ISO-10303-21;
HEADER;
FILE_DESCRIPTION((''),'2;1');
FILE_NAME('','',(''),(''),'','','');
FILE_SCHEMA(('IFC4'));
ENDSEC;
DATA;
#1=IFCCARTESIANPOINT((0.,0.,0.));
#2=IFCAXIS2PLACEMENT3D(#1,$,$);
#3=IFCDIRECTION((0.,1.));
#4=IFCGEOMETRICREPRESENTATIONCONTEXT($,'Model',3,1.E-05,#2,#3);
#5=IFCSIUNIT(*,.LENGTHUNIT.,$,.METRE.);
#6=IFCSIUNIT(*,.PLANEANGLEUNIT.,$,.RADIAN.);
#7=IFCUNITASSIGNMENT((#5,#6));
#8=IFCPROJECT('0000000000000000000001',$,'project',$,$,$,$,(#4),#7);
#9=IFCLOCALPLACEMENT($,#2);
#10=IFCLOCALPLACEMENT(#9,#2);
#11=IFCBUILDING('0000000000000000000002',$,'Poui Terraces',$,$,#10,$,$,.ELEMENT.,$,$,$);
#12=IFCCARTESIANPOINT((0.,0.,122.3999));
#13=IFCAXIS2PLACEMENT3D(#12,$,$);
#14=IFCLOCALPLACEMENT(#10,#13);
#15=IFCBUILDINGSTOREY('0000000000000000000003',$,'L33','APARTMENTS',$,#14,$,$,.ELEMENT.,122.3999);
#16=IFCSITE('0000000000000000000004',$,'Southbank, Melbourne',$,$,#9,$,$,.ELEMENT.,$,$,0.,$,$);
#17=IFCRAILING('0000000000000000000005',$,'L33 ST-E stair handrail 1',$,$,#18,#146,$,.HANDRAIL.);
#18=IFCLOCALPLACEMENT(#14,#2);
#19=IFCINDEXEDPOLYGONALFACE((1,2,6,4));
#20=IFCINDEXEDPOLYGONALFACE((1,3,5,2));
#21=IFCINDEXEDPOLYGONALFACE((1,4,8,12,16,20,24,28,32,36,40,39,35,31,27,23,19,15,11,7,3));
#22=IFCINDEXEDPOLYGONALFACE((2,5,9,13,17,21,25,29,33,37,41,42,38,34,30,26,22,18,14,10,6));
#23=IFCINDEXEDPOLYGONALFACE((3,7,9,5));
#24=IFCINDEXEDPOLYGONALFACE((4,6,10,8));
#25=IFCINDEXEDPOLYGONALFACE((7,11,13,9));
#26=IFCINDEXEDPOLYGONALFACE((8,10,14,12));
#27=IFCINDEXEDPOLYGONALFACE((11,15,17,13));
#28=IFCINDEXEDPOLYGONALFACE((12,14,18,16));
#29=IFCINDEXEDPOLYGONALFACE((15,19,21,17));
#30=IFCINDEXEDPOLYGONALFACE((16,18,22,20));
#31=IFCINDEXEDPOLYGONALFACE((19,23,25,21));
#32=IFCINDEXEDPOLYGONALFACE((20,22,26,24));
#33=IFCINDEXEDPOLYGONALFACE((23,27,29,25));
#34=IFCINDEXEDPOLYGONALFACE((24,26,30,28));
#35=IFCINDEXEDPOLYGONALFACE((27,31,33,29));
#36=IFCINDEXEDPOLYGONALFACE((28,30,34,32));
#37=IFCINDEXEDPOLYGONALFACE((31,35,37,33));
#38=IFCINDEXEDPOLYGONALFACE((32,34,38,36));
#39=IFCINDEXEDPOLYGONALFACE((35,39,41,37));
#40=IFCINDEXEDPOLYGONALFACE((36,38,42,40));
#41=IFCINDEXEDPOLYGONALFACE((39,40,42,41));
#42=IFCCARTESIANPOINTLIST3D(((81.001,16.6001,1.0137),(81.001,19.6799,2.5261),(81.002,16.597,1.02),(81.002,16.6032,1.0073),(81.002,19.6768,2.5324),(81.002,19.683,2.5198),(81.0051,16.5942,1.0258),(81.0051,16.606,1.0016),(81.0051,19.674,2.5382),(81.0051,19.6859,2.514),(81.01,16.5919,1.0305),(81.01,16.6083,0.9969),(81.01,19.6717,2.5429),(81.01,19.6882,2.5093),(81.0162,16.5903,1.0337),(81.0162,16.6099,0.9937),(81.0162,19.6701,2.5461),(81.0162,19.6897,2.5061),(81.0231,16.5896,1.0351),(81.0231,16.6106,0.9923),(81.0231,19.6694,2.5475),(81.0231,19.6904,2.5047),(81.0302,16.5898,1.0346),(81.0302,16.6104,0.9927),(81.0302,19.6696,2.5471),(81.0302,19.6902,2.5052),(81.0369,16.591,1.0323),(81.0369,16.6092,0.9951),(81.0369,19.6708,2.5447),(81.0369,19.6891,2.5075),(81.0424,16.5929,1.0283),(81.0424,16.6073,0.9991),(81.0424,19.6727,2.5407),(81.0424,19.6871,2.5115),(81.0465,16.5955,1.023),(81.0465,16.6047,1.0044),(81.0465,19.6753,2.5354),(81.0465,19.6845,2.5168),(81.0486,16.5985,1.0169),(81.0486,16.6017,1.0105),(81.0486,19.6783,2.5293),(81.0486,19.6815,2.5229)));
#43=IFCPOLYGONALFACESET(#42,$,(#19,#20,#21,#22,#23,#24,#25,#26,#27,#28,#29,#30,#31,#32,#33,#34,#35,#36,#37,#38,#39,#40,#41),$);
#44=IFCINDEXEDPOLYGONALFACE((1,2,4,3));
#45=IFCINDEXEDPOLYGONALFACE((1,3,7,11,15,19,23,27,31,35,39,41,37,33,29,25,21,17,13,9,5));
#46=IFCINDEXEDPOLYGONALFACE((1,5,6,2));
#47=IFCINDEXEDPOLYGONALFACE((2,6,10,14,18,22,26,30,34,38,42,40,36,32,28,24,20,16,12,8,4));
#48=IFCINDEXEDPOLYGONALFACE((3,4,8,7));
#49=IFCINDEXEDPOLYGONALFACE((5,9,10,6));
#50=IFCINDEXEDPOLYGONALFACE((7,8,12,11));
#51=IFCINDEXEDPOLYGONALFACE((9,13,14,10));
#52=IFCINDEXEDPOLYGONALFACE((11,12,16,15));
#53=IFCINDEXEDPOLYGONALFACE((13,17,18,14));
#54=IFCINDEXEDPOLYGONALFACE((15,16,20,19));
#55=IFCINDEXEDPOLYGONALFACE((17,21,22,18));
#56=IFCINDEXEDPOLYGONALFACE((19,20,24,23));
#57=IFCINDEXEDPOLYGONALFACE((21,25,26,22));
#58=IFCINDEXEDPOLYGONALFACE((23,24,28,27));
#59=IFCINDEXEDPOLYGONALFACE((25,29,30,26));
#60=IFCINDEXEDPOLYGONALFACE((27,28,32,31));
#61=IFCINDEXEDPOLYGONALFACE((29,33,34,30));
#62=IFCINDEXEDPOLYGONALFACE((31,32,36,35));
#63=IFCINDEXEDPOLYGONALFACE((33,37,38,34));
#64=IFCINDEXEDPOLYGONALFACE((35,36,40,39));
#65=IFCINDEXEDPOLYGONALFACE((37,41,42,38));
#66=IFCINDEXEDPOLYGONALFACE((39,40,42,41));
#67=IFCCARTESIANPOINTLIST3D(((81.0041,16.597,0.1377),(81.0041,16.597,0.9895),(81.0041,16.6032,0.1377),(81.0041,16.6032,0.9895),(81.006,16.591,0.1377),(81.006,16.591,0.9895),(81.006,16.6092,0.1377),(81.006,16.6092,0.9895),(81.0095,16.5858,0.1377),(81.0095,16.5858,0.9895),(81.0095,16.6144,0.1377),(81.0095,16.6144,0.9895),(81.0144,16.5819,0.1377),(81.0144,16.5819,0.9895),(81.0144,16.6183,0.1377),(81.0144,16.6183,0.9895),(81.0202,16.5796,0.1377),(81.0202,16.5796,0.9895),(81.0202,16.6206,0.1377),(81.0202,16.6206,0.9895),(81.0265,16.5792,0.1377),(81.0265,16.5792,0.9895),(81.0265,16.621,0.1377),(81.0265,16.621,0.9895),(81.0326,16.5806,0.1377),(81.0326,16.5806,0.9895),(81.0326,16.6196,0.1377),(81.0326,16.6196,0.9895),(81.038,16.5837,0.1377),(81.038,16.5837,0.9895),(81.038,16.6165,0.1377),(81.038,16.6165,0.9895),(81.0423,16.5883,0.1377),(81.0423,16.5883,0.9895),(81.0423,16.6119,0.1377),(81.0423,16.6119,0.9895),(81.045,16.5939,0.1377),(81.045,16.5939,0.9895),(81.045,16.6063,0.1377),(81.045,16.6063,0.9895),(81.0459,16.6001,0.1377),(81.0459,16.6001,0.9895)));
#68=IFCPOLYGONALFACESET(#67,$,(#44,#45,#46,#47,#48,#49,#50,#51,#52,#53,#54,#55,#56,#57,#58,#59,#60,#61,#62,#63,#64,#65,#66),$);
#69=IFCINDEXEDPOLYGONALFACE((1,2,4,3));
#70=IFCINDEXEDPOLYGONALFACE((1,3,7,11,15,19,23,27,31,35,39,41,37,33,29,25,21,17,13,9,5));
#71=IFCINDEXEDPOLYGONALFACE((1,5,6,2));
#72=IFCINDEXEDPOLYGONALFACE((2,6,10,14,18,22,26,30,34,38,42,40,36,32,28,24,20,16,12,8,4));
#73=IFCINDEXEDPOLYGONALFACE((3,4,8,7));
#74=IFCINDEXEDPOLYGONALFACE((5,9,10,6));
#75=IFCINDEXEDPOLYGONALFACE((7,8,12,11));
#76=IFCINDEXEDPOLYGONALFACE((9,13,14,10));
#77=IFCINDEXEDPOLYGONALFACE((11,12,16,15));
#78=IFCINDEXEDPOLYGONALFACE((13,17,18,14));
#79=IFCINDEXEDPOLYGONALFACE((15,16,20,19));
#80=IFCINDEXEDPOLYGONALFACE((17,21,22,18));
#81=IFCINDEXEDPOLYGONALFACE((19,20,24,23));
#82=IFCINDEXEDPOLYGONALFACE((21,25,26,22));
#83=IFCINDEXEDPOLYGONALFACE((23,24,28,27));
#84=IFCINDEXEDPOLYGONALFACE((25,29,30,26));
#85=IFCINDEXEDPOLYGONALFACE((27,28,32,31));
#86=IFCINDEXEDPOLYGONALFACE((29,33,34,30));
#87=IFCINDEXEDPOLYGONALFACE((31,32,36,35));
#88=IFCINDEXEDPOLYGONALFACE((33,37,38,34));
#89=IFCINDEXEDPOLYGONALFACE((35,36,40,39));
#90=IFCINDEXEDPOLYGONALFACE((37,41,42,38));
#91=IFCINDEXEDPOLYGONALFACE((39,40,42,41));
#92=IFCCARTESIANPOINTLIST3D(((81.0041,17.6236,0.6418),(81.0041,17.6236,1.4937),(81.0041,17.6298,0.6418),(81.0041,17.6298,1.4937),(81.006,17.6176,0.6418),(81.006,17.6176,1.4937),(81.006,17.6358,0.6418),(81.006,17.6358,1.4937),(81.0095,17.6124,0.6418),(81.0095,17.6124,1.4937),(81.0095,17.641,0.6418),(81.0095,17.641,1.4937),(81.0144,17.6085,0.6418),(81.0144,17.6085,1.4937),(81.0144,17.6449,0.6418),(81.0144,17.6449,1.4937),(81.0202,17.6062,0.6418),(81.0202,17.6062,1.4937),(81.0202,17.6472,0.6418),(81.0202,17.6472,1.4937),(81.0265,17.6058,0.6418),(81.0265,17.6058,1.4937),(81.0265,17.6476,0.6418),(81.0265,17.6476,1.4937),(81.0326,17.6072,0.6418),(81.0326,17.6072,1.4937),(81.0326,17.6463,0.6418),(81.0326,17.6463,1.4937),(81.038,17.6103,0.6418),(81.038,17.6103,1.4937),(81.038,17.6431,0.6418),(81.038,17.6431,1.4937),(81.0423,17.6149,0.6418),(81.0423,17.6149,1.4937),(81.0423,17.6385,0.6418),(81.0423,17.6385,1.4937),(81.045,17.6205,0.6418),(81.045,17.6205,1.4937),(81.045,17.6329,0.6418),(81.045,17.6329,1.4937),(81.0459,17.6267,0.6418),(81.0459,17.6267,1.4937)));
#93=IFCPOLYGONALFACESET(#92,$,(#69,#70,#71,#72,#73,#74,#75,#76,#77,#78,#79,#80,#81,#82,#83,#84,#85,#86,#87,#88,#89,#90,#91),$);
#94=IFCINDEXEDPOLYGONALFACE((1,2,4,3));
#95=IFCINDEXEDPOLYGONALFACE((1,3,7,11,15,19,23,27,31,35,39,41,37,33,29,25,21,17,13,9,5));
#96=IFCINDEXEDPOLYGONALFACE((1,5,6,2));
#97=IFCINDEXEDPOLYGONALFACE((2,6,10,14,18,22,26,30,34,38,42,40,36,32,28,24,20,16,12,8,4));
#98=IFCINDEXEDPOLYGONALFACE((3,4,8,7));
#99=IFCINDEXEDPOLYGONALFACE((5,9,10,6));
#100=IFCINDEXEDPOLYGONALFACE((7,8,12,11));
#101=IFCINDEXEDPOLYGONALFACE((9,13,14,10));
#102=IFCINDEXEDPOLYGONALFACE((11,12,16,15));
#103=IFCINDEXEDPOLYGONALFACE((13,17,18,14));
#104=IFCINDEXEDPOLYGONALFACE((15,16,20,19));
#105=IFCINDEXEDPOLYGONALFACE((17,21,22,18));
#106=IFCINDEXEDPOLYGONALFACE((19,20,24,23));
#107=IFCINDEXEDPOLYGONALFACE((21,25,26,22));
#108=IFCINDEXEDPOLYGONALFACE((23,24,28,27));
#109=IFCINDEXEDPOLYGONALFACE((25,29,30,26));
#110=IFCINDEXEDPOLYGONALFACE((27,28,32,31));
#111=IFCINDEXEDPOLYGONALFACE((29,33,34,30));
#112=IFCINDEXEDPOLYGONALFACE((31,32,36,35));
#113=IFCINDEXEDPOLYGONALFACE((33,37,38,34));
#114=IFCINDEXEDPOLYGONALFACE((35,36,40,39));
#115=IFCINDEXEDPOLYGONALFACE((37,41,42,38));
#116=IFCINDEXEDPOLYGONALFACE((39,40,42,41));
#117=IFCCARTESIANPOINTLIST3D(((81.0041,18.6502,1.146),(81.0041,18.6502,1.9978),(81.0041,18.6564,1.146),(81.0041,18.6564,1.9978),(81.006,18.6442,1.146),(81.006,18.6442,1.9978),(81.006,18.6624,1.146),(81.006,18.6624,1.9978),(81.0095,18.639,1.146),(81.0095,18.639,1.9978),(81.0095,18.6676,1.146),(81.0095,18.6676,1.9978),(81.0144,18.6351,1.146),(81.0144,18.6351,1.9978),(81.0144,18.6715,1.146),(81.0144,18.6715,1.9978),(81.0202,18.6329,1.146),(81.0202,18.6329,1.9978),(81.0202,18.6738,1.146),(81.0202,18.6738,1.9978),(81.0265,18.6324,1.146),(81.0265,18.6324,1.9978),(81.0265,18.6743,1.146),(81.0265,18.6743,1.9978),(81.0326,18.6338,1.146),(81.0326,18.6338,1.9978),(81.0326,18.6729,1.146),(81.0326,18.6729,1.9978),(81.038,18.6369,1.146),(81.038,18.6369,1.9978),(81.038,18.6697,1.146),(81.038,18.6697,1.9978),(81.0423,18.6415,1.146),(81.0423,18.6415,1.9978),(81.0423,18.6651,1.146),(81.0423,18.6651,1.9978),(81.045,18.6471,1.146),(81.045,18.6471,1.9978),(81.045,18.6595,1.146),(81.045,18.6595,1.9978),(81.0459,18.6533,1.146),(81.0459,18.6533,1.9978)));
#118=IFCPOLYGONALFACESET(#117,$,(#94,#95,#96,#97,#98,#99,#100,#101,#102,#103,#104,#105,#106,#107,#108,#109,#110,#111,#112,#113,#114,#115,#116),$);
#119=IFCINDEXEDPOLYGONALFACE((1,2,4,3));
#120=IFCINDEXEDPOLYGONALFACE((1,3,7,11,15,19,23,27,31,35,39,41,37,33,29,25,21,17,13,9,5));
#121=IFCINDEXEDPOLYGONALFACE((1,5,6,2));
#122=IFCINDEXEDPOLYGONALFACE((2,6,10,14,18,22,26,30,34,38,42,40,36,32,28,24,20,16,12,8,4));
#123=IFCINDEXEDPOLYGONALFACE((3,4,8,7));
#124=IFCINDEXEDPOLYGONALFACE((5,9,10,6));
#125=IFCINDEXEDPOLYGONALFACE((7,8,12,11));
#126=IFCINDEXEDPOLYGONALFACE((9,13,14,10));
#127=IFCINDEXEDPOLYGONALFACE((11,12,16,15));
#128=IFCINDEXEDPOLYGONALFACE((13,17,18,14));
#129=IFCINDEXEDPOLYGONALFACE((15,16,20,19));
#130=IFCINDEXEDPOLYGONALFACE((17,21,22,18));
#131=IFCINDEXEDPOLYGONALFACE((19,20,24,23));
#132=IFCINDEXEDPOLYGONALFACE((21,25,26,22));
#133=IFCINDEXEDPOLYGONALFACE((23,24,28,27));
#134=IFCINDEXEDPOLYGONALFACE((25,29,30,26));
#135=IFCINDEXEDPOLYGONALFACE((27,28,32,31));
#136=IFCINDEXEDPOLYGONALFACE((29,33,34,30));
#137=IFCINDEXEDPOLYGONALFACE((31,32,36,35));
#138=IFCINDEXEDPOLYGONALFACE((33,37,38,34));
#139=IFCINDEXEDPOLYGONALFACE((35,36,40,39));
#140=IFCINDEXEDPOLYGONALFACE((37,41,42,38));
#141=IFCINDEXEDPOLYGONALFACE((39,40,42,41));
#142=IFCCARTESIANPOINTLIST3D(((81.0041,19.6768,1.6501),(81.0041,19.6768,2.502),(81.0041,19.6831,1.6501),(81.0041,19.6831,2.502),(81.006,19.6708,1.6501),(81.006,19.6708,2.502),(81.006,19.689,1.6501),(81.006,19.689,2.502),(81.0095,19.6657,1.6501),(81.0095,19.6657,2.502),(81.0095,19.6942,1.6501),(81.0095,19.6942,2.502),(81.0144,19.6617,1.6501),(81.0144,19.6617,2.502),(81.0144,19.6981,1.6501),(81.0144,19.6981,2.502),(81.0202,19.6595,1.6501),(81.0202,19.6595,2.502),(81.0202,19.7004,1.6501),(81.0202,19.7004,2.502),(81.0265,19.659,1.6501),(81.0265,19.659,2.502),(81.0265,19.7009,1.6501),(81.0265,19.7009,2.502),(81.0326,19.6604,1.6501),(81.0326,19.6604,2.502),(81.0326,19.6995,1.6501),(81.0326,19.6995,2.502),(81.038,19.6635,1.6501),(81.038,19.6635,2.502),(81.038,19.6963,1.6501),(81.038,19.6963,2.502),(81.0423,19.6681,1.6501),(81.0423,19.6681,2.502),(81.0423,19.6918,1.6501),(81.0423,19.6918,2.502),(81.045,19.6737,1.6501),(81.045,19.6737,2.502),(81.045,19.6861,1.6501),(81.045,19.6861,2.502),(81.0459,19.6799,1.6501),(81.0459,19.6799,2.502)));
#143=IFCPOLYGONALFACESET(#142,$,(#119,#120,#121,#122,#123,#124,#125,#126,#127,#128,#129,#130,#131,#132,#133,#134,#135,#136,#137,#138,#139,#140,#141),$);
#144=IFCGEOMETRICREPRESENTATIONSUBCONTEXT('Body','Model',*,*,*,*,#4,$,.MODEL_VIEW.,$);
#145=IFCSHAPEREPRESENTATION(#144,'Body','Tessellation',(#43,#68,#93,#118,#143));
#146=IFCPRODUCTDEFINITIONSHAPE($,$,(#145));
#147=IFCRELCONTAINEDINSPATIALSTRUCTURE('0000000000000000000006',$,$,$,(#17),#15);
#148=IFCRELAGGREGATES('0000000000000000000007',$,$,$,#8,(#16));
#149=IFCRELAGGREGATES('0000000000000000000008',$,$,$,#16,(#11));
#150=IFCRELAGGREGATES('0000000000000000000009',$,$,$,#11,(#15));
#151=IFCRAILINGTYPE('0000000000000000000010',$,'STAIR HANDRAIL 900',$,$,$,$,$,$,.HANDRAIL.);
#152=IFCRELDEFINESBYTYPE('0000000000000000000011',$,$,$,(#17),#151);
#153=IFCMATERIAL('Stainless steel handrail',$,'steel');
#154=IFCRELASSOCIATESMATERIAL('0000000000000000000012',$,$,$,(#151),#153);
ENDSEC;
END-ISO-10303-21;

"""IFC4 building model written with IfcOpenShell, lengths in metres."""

from ifc_helpers import new_model, si_unit, direction, frame, origin, origin_2d, place, context, subcontext, project, spatial, circle, extrude, material, type_object, element, save


model = new_model("IFC4")

# Units and contexts
model_context = context("Model", 3, precision=1e-05, world=origin(), true_north=direction((0.0, 1.0)))
body_context = subcontext(model_context, "Body", "Model", "MODEL_VIEW")
ifc_project = project(units=[si_unit("LENGTHUNIT", "METRE"), si_unit("PLANEANGLEUNIT", "RADIAN")], contexts=[model_context])

# Site, building, storey
site_placement = place(None, origin())
site = spatial("IfcSite", under=ifc_project, at=site_placement, Name="Southbank, Melbourne", CompositionType="ELEMENT", RefElevation=0.0)
building_placement = place(site_placement, origin())
building = spatial("IfcBuilding", under=site, at=building_placement, Name="Poui Terraces", CompositionType="ELEMENT")
storey_placement = place(building_placement, frame((0.0, 0.0, 122.3999)))
storey = spatial("IfcBuildingStorey", under=building, at=storey_placement, Name="L33", Description="APARTMENTS", CompositionType="ELEMENT", Elevation=122.3999)

# Railing
ifc_material_1 = material(Name="Stainless steel handrail", Category="steel")
railing_type_1 = type_object("IfcRailingType", Name="STAIR HANDRAIL 900", PredefinedType="HANDRAIL", material=ifc_material_1)
railing_1_placement = place(storey_placement, frame((81.0249, 16.6001, 0.1377)))
element("IfcRailing", 1, at=railing_1_placement, inside=storey, type_object=railing_type_1, Name="L33 ST-E stair handrail 1", PredefinedType="HANDRAIL", context=body_context, shape_type="SweptSolid", body=[
    extrude(circle(Radius=0.0239, at=origin_2d()), frame((0.0, 0.0, 0.876), z_axis=(0.0, 0.897606, 0.440798), x_axis=(-1.0, 0.0, 0.0)), (0.0, 0.0, 1.0), 3.4312),
    extrude(circle(Radius=0.021, at=origin_2d()), origin(), (0.0, 0.0, 1.0), 0.8518),
    extrude(circle(Radius=0.021, at=origin_2d()), frame((0.0, 1.0266, 0.5042)), (0.0, 0.0, 1.0), 0.8518),
    extrude(circle(Radius=0.021, at=origin_2d()), frame((0.0, 2.0532, 1.0083)), (0.0, 0.0, 1.0), 0.8518),
    extrude(circle(Radius=0.021, at=origin_2d()), frame((0.0, 3.0798, 1.5125)), (0.0, 0.0, 1.0), 0.8518),
])

save(model, "model.ifc")
